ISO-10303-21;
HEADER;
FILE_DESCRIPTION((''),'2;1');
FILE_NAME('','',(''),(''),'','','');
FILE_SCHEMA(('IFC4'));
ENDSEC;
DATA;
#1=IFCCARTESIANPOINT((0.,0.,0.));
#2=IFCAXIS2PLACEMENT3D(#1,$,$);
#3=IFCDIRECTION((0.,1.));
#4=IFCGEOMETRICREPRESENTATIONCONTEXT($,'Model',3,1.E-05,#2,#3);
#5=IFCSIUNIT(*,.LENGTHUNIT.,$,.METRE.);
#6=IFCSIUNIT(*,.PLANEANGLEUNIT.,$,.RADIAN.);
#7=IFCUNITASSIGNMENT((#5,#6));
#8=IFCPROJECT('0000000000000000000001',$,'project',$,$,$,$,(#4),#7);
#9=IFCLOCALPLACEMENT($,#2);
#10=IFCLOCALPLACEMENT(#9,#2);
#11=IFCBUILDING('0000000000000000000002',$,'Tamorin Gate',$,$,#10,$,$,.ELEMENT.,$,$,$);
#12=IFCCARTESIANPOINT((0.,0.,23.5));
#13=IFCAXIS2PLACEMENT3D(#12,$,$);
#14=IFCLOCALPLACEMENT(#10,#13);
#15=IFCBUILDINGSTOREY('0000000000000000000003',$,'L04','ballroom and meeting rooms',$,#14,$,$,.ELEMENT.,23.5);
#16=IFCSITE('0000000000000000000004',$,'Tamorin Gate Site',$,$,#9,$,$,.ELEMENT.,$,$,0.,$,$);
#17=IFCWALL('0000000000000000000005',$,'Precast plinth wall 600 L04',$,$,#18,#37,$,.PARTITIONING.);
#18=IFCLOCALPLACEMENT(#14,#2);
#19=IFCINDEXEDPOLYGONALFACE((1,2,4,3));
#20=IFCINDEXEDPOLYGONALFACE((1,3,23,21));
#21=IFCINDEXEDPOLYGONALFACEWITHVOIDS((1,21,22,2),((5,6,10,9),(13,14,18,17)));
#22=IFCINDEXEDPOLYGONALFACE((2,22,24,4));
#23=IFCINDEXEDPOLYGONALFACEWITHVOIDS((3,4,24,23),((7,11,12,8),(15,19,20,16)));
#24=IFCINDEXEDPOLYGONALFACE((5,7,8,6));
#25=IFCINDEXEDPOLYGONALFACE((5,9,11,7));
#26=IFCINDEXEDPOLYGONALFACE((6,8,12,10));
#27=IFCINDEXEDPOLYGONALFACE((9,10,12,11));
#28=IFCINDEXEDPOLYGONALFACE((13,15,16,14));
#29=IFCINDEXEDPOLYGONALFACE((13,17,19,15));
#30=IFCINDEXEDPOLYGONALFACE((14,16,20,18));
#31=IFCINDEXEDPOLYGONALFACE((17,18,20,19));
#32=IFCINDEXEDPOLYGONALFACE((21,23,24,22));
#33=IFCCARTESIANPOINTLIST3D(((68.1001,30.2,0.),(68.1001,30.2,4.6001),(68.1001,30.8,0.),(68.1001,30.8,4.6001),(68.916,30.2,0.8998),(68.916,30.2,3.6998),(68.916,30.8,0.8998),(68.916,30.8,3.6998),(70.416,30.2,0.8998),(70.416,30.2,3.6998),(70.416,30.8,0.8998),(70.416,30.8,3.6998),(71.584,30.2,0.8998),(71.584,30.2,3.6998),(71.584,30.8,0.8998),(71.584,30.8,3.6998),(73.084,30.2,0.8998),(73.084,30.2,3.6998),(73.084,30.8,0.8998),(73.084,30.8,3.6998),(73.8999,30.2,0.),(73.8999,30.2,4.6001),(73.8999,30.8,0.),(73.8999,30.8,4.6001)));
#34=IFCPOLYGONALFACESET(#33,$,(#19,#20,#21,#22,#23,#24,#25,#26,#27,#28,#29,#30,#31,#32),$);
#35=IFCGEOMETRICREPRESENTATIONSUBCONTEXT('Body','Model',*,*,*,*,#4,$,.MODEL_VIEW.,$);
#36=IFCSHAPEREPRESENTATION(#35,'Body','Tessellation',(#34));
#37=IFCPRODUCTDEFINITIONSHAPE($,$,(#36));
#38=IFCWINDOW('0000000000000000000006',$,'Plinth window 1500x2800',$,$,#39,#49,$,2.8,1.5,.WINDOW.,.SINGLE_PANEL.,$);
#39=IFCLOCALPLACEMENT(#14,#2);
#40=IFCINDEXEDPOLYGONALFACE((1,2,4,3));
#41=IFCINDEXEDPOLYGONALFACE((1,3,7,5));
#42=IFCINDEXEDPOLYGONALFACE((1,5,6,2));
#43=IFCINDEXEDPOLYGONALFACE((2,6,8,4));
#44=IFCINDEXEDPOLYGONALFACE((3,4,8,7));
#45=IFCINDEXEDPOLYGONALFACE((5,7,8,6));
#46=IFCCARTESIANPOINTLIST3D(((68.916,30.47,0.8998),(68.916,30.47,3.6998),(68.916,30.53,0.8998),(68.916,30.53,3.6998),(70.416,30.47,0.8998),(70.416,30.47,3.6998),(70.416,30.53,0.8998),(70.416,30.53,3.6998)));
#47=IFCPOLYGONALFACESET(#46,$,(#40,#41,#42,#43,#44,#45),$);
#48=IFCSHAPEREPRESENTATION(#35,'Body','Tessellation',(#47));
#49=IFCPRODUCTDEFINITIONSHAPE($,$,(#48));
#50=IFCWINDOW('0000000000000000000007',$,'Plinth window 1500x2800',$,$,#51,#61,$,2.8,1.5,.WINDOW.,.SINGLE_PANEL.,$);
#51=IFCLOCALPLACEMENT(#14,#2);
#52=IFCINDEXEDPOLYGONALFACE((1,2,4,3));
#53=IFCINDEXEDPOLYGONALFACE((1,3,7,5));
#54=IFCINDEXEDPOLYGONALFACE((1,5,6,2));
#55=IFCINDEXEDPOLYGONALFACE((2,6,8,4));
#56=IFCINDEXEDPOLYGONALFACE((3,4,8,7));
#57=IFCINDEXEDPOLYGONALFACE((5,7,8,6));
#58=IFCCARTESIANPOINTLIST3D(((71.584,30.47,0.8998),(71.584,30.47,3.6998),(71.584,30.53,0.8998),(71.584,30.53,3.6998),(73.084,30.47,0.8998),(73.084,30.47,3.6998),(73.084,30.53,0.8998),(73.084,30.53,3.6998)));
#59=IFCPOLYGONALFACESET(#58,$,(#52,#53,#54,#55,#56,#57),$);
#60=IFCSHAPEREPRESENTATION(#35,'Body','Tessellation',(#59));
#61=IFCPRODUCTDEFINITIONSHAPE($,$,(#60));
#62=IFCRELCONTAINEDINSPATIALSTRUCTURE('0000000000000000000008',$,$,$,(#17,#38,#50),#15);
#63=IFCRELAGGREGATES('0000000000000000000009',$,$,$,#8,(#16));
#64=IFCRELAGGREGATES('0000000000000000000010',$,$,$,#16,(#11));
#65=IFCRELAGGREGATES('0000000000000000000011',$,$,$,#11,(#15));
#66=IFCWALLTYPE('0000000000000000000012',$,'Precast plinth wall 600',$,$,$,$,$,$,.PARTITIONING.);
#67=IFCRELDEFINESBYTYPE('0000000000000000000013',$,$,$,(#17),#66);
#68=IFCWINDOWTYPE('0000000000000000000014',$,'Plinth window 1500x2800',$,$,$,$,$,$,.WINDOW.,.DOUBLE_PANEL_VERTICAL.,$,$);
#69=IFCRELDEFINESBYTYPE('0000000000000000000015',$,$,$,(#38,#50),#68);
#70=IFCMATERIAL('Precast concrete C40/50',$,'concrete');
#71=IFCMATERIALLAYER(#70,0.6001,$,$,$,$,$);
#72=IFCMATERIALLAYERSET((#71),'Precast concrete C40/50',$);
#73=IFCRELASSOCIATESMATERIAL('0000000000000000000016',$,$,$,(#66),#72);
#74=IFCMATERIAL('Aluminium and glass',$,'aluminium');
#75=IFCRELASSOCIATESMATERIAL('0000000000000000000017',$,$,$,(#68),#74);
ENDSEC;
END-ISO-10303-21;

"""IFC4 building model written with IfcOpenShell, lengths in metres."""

from ifc_helpers import new_model, si_unit, direction, frame, frame_2d, origin, place, context, subcontext, project, spatial, rectangle, extrude, material, layer, layer_set, type_object, element, fill, save


model = new_model("IFC4")

# Units and contexts
model_context = context("Model", 3, precision=1e-05, world=origin(), true_north=direction((0.0, 1.0)))
body_context = subcontext(model_context, "Body", "Model", "MODEL_VIEW")
ifc_project = project(units=[si_unit("LENGTHUNIT", "METRE"), si_unit("PLANEANGLEUNIT", "RADIAN")], contexts=[model_context])

# Site, building, storey
site_placement = place(None, origin())
site = spatial("IfcSite", under=ifc_project, at=site_placement, Name="Tamorin Gate Site", CompositionType="ELEMENT", RefElevation=0.0)
building_placement = place(site_placement, origin())
building = spatial("IfcBuilding", under=site, at=building_placement, Name="Tamorin Gate", CompositionType="ELEMENT")
storey_placement = place(building_placement, frame((0.0, 0.0, 23.5)))
storey = spatial("IfcBuildingStorey", under=building, at=storey_placement, Name="L04", Description="ballroom and meeting rooms", CompositionType="ELEMENT", Elevation=23.5)

# Wall, openings, windows
ifc_material_1 = material(Name="Precast concrete C40/50", Category="concrete")
ifc_layer_1 = layer(ifc_material_1, 0.6001)
ifc_layer_set_1 = layer_set([ifc_layer_1], Name="Precast concrete C40/50")
wall_type_1 = type_object("IfcWallType", Name="Precast plinth wall 600", PredefinedType="PARTITIONING", material=ifc_layer_set_1)
ifc_material_2 = material(Name="Aluminium and glass", Category="aluminium")
window_type = type_object("IfcWindowType", Name="Plinth window 1500x2800", PartitioningType="DOUBLE_PANEL_VERTICAL", PredefinedType="WINDOW", material=ifc_material_2)
wall_1_placement = place(storey_placement, frame((68.1001, 30.5, 0.0), z_axis=(0.0, 0.0, 1.0), x_axis=(1.0, 0.0, 0.0)))
wall_1 = element("IfcWall", 1, at=wall_1_placement, inside=storey, type_object=wall_type_1, Name="Precast plinth wall 600 L04", PredefinedType="PARTITIONING", context=body_context, shape_type="SweptSolid", body=[
    extrude(rectangle(XDim=5.7998, YDim=0.6001, at=frame_2d((2.8999, 0.0))), origin(), (0.0, 0.0, 1.0), 4.6001),
])
opening_1_placement = place(wall_1_placement, frame((0.8159, 0.0, 0.8999)))
opening_1 = element("IfcOpeningElement", 2, at=opening_1_placement, cuts=wall_1, PredefinedType="OPENING", context=body_context, shape_type="SweptSolid", body=[
    extrude(rectangle(XDim=1.5, YDim=2.8, at=frame_2d((0.75, 1.3999))), frame((0.0, 0.3101, 0.0), z_axis=(0.0, -1.0, 0.0), x_axis=(1.0, 0.0, 0.0)), (0.0, 0.0, 1.0), 0.6201),
])
opening_2_placement = place(wall_1_placement, frame((3.4839, 0.0, 0.8999)))
opening_2 = element("IfcOpeningElement", 3, at=opening_2_placement, cuts=wall_1, PredefinedType="OPENING", context=body_context, shape_type="SweptSolid", body=[
    extrude(rectangle(XDim=1.5, YDim=2.8, at=frame_2d((0.75, 1.3999))), frame((0.0, 0.3101, 0.0), z_axis=(0.0, -1.0, 0.0), x_axis=(1.0, 0.0, 0.0)), (0.0, 0.0, 1.0), 0.6201),
])
window_1_placement = place(opening_1_placement, origin())
window_1 = element("IfcWindow", 4, at=window_1_placement, inside=storey, type_object=window_type, Name="Plinth window 1500x2800", OverallHeight=2.8, OverallWidth=1.5, PartitioningType="SINGLE_PANEL", PredefinedType="WINDOW", context=body_context, shape_type="SweptSolid", body=[
    extrude(rectangle(XDim=1.5, YDim=2.8, at=frame_2d((0.75, 1.3999))), frame((0.0, 0.03, 0.0), z_axis=(0.0, -1.0, 0.0), x_axis=(1.0, 0.0, 0.0)), (0.0, 0.0, 1.0), 0.0601),
])
fill(opening_1, window_1)
window_2_placement = place(opening_2_placement, origin())
window_2 = element("IfcWindow", 5, at=window_2_placement, inside=storey, type_object=window_type, Name="Plinth window 1500x2800", OverallHeight=2.8, OverallWidth=1.5, PartitioningType="SINGLE_PANEL", PredefinedType="WINDOW", context=body_context, shape_type="SweptSolid", body=[
    extrude(rectangle(XDim=1.5, YDim=2.8, at=frame_2d((0.75, 1.3999))), frame((0.0, 0.03, 0.0), z_axis=(0.0, -1.0, 0.0), x_axis=(1.0, 0.0, 0.0)), (0.0, 0.0, 1.0), 0.0601),
])
fill(opening_2, window_2)

save(model, "model.ifc")
